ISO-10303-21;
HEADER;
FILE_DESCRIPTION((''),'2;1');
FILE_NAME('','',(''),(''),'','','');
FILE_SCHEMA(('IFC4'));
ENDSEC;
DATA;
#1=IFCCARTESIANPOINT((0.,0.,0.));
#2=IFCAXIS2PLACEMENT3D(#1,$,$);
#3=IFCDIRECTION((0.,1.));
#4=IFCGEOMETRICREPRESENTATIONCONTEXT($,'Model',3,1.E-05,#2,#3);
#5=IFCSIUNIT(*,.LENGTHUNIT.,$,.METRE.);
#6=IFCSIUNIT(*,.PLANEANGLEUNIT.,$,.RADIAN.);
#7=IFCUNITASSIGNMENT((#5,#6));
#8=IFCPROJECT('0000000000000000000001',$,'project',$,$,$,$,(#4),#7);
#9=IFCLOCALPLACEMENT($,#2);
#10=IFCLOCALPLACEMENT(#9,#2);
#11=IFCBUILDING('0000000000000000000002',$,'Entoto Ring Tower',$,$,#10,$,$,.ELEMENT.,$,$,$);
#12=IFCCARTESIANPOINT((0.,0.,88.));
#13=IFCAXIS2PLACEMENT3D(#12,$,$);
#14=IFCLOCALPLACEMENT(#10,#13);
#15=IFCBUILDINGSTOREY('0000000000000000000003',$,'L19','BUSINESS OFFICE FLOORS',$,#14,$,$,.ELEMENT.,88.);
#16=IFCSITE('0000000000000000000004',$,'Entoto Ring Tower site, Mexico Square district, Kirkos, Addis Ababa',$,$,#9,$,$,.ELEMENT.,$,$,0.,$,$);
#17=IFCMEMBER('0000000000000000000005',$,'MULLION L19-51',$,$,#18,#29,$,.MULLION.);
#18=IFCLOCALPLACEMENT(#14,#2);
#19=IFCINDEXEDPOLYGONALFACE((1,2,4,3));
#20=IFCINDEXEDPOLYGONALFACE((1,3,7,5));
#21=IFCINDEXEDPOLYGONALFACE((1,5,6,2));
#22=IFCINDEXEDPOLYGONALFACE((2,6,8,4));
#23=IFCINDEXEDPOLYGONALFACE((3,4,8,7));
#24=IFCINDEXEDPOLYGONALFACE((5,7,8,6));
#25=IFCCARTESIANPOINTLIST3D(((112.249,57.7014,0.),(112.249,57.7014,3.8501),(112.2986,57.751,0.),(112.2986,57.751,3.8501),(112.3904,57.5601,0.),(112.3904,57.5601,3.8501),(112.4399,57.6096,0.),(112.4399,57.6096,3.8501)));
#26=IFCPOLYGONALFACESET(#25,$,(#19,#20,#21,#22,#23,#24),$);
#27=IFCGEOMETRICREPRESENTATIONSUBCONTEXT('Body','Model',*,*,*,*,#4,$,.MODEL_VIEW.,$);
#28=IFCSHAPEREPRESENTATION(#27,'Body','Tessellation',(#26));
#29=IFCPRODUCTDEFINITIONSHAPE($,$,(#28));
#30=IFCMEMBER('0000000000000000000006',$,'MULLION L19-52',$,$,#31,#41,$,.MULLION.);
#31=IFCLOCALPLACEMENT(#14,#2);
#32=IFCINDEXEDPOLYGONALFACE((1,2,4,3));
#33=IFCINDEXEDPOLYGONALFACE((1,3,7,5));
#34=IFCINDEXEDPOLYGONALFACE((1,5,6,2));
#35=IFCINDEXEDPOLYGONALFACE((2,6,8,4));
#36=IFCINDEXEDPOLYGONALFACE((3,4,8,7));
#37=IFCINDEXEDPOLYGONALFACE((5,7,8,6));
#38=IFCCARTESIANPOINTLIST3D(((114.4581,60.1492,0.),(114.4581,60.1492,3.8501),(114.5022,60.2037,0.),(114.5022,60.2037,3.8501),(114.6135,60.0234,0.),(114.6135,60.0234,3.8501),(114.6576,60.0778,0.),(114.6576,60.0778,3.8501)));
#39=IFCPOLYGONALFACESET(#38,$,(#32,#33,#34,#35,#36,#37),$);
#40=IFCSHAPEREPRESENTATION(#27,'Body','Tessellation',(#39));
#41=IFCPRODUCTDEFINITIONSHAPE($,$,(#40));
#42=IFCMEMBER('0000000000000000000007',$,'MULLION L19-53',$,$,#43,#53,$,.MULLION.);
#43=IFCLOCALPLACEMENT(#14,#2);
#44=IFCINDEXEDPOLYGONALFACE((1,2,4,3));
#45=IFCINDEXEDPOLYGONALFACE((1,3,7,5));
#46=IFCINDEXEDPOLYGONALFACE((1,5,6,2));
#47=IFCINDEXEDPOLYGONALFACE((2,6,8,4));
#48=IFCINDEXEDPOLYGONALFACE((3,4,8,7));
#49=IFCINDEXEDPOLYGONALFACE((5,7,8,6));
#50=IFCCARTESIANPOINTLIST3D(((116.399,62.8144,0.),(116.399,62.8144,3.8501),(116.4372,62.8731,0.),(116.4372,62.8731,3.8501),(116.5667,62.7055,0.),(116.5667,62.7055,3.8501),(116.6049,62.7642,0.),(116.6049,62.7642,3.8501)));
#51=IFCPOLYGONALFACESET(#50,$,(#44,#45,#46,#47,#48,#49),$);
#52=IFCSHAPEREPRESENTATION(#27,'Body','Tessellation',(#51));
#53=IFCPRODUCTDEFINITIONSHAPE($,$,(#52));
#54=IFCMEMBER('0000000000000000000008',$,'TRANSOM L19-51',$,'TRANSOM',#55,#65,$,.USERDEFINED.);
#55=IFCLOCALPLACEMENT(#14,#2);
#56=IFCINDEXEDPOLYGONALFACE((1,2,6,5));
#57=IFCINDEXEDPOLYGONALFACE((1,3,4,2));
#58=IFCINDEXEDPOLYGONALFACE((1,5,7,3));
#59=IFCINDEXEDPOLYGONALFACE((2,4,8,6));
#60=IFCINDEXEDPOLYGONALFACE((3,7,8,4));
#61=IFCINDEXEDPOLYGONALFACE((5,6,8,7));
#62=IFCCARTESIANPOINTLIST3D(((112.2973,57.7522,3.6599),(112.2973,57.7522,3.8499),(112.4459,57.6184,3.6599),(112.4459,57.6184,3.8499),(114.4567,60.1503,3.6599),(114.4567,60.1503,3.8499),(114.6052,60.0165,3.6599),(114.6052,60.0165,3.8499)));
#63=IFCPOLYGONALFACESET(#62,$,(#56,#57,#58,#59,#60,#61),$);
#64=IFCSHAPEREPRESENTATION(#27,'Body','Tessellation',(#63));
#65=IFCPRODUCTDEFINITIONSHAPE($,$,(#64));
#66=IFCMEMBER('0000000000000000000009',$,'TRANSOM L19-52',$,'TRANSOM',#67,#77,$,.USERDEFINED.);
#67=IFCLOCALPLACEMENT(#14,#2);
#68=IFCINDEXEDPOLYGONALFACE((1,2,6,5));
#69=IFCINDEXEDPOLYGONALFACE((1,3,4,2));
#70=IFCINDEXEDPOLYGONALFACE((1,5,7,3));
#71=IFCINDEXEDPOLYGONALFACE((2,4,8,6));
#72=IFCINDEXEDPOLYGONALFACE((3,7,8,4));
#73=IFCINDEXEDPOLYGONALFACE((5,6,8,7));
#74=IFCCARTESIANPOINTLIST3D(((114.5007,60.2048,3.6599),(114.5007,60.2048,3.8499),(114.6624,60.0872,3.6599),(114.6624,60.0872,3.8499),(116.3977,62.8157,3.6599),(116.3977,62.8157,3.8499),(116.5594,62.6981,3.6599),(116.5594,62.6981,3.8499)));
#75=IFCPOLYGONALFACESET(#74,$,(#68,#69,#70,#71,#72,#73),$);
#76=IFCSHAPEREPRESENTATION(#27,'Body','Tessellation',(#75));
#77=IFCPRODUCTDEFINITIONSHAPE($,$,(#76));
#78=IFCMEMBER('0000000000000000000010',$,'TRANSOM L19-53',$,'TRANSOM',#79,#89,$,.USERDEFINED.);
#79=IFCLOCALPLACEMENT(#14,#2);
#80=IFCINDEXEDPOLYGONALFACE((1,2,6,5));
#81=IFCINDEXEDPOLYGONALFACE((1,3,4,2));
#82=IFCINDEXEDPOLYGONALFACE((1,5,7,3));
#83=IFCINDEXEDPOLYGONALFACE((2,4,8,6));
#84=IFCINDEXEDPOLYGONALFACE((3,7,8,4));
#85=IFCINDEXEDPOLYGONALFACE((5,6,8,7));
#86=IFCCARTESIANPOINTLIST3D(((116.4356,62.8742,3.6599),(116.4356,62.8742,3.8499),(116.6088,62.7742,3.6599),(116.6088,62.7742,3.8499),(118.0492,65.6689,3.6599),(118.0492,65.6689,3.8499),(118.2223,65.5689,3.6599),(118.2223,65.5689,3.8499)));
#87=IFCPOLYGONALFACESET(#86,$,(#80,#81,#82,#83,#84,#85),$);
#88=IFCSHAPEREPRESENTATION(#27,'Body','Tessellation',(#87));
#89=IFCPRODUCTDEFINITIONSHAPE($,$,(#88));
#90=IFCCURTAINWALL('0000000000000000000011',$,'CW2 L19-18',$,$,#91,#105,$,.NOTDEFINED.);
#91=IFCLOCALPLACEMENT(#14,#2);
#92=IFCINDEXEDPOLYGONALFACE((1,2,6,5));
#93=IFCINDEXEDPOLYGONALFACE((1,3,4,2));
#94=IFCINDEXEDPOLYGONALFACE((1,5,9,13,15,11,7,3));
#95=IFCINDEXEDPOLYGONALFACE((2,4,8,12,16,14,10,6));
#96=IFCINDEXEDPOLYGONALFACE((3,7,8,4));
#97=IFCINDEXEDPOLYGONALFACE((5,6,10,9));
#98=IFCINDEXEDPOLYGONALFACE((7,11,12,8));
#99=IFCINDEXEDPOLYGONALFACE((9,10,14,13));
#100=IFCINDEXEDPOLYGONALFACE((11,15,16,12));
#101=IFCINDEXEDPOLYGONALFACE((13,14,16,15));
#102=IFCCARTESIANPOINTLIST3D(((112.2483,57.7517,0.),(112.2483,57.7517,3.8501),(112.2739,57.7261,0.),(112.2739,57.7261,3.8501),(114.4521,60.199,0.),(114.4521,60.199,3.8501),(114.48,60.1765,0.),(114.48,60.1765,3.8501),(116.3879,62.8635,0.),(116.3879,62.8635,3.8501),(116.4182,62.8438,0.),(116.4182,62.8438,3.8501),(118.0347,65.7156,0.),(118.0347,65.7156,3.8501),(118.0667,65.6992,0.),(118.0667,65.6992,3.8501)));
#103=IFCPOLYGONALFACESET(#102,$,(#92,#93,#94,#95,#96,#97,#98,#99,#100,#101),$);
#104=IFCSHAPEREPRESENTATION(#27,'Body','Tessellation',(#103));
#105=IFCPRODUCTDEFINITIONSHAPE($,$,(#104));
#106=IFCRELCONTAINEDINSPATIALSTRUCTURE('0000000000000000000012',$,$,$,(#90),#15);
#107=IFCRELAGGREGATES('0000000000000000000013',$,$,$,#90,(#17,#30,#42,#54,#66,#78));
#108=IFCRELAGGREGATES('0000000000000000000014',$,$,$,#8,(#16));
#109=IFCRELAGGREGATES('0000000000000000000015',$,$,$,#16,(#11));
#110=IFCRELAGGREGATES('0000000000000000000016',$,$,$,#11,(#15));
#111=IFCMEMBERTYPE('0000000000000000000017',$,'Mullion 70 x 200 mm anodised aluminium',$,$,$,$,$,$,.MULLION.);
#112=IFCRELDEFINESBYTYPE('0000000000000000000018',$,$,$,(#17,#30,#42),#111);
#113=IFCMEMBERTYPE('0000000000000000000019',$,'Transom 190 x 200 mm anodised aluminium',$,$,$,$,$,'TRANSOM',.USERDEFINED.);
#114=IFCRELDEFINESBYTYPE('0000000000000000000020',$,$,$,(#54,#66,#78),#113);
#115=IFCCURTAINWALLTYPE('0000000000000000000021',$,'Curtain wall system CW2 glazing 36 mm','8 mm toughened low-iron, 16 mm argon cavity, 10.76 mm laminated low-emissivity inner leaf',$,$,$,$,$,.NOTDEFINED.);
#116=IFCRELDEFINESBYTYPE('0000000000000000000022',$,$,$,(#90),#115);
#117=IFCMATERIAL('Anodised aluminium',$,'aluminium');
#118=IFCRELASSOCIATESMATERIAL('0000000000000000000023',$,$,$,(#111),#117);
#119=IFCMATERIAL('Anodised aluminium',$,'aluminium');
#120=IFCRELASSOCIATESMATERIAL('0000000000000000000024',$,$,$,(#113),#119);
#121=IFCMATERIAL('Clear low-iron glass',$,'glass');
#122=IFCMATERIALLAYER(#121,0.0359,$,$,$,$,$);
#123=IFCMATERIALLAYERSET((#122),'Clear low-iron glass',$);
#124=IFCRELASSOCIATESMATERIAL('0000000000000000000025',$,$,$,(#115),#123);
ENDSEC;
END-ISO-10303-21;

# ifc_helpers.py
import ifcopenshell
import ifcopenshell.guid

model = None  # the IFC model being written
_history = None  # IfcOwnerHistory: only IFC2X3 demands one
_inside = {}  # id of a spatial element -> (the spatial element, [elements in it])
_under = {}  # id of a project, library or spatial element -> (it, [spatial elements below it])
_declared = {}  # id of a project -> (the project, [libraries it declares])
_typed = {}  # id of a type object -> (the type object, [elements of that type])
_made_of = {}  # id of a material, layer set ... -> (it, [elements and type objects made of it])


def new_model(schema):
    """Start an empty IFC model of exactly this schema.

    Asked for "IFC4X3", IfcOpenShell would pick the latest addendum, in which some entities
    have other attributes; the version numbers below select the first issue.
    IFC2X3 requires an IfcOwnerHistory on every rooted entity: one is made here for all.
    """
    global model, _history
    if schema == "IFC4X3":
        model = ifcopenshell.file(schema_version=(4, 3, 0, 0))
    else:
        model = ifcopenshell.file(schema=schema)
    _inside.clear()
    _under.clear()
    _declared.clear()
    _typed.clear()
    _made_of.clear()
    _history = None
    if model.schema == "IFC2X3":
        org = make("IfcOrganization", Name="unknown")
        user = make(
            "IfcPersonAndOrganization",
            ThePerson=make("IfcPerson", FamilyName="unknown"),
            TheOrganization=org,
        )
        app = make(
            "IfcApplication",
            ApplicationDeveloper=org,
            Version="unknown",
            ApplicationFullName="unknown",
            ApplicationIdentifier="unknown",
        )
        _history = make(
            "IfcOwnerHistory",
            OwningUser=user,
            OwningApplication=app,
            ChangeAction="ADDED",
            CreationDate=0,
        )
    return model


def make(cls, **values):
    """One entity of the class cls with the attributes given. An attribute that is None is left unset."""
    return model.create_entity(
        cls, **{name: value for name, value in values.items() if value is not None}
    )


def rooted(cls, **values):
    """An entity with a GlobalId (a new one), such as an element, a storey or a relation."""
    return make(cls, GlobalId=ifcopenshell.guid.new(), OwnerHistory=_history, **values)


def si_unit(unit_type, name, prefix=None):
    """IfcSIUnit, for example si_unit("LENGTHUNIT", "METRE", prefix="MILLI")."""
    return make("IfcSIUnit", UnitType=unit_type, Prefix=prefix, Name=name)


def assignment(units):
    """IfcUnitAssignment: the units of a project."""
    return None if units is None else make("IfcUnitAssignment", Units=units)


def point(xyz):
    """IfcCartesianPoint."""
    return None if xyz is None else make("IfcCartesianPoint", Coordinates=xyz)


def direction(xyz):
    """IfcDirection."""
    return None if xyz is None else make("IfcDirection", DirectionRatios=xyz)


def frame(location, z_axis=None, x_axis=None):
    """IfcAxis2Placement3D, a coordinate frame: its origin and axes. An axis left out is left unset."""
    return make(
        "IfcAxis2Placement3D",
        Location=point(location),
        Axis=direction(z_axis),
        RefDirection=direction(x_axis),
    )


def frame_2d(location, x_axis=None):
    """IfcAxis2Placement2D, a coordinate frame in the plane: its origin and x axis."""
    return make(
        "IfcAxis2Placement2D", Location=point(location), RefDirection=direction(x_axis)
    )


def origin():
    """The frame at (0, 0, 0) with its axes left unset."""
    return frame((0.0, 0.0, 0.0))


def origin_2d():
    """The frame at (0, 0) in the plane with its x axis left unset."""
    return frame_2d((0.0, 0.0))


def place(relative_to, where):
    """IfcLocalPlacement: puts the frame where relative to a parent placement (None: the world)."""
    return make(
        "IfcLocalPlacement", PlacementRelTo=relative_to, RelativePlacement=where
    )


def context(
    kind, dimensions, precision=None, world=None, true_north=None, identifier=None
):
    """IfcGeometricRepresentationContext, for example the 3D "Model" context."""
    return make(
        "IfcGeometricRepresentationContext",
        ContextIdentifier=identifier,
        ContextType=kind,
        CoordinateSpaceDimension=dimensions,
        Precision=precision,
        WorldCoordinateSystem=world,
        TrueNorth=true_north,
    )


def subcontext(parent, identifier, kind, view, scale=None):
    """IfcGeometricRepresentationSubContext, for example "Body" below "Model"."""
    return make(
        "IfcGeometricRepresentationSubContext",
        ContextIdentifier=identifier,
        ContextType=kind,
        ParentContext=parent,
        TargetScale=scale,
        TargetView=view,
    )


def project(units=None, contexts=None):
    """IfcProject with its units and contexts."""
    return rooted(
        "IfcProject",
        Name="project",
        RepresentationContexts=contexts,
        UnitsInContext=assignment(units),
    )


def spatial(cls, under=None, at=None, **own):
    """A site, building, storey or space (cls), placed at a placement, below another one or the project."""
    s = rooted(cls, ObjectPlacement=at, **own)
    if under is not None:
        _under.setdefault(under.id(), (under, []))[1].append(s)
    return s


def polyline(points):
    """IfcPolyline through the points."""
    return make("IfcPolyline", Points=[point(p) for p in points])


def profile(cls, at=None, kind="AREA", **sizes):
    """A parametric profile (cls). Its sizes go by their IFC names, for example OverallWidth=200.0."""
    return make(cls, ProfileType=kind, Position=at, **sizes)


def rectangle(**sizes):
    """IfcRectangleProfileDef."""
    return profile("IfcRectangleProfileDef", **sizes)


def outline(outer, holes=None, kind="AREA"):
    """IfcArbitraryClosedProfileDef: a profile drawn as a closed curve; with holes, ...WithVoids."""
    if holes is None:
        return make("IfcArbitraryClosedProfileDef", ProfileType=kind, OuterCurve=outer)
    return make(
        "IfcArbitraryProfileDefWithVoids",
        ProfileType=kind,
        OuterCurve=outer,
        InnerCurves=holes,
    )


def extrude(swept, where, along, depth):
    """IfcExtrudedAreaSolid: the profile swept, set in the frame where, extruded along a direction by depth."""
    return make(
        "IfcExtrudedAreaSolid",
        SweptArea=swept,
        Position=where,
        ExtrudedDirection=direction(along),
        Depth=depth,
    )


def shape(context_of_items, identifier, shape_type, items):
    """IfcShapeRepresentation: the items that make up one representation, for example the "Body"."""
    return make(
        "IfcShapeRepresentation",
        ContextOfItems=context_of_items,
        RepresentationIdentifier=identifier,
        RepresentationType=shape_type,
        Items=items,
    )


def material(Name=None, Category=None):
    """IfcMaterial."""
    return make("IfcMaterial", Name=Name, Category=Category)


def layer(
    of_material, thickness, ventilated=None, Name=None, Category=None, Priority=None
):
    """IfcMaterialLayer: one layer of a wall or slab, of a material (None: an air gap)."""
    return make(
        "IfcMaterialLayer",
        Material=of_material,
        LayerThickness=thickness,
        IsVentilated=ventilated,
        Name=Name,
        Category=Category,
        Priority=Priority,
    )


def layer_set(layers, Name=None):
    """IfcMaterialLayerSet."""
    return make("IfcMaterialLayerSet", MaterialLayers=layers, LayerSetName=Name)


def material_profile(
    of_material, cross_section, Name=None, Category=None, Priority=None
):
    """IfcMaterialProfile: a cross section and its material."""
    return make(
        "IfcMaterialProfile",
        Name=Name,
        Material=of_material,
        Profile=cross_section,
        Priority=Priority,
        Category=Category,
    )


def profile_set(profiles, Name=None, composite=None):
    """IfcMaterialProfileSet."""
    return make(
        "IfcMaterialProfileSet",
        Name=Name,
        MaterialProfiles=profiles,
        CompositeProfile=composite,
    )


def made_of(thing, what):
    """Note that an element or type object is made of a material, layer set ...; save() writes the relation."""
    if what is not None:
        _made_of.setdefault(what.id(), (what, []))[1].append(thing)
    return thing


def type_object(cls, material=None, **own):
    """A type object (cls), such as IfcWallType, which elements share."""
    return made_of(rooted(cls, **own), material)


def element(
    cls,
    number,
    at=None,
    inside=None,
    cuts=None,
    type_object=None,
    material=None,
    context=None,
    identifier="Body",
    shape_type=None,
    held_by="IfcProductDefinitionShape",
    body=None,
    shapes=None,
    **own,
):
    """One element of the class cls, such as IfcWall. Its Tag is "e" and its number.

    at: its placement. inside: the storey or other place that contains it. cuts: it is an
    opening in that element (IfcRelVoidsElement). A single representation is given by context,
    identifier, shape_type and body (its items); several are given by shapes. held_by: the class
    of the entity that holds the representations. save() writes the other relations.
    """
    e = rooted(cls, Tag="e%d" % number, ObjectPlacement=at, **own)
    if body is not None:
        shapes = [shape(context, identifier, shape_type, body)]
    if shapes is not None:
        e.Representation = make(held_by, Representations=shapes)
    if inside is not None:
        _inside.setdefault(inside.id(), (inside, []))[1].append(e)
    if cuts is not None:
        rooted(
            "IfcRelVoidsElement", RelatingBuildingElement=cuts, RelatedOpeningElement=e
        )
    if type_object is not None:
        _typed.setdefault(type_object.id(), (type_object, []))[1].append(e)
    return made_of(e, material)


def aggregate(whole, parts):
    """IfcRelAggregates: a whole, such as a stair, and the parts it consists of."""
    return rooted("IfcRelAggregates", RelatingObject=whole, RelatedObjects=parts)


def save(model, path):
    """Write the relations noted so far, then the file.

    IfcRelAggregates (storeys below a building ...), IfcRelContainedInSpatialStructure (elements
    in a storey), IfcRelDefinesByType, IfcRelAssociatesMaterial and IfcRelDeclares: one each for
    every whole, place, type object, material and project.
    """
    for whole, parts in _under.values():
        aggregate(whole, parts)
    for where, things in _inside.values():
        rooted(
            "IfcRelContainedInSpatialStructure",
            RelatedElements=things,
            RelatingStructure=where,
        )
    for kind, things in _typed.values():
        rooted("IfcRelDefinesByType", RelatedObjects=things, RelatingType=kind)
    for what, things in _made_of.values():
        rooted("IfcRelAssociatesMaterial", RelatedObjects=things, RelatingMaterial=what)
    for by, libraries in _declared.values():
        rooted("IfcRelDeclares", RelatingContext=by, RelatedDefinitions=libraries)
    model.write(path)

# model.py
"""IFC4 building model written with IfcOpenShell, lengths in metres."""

from ifc_helpers import new_model, si_unit, direction, frame, origin, origin_2d, place, context, subcontext, project, spatial, polyline, rectangle, outline, extrude, material, layer, layer_set, material_profile, profile_set, type_object, element, aggregate, save


model = new_model("IFC4")

# Units and contexts
model_context = context("Model", 3, precision=1e-05, world=origin(), true_north=direction((0.0, 1.0)))
body_context = subcontext(model_context, "Body", "Model", "MODEL_VIEW")
ifc_project = project(units=[si_unit("LENGTHUNIT", "METRE"), si_unit("PLANEANGLEUNIT", "RADIAN")], contexts=[model_context])

# Members
ifc_material_1 = material(Name="Anodised aluminium", Category="aluminium")
ifc_material_profile_1 = material_profile(ifc_material_1, rectangle(XDim=0.0701, YDim=0.2, at=origin_2d()), Name="Mullion 70 x 200 mm anodised aluminium")
ifc_profile_set_1 = profile_set([ifc_material_profile_1], Name="Anodised aluminium")
member_type_1 = type_object("IfcMemberType", Name="Mullion 70 x 200 mm anodised aluminium", PredefinedType="MULLION", material=ifc_profile_set_1)
site_placement = place(None, origin())
building_placement = place(site_placement, origin())
storey_placement = place(building_placement, frame((0.0, 0.0, 88.0)))
member_1_placement = place(storey_placement, frame((112.3445, 57.6555, 0.0), z_axis=(0.0, 0.0, 1.0), x_axis=(0.707107, 0.707107, 0.0)))
member_1 = element("IfcMember", 1, at=member_1_placement, type_object=member_type_1, Name="MULLION L19-51", PredefinedType="MULLION", context=body_context, shape_type="SweptSolid", body=[
    extrude(rectangle(XDim=0.0701, YDim=0.2, at=origin_2d()), origin(), (0.0, 0.0, 1.0), 3.8501),
])
member_2_placement = place(storey_placement, frame((114.5579, 60.1135, 0.0), z_axis=(0.0, 0.0, 1.0), x_axis=(0.62932, 0.777146, 0.0)))
member_2 = element("IfcMember", 2, at=member_2_placement, type_object=member_type_1, Name="MULLION L19-52", PredefinedType="MULLION", context=body_context, shape_type="SweptSolid", body=[
    extrude(rectangle(XDim=0.0701, YDim=0.2, at=origin_2d()), origin(), (0.0, 0.0, 1.0), 3.8501),
])
member_3_placement = place(storey_placement, frame((116.502, 62.7893, 0.0), z_axis=(0.0, 0.0, 1.0), x_axis=(0.544639, 0.838671, 0.0)))
member_3 = element("IfcMember", 3, at=member_3_placement, type_object=member_type_1, Name="MULLION L19-53", PredefinedType="MULLION", context=body_context, shape_type="SweptSolid", body=[
    extrude(rectangle(XDim=0.0701, YDim=0.2, at=origin_2d()), origin(), (0.0, 0.0, 1.0), 3.8501),
])
ifc_material_2 = material(Name="Anodised aluminium", Category="aluminium")
ifc_material_profile_2 = material_profile(ifc_material_2, rectangle(XDim=0.2, YDim=0.1899, at=origin_2d()), Name="Transom 190 x 200 mm anodised aluminium")
ifc_profile_set_2 = profile_set([ifc_material_profile_2], Name="Anodised aluminium")
member_type_2 = type_object("IfcMemberType", Name="Transom 190 x 200 mm anodised aluminium", ElementType="TRANSOM", PredefinedType="USERDEFINED", material=ifc_profile_set_2)
member_4_placement = place(storey_placement, frame((112.3716, 57.6853, 3.7549), z_axis=(0.669144, 0.743132, 0.0), x_axis=(-0.743132, 0.669144, 0.0)))
member_4 = element("IfcMember", 4, at=member_4_placement, type_object=member_type_2, Name="TRANSOM L19-51", ObjectType="TRANSOM", PredefinedType="USERDEFINED", context=body_context, shape_type="SweptSolid", body=[
    extrude(rectangle(XDim=0.2, YDim=0.1899, at=origin_2d()), origin(), (0.0, 0.0, 1.0), 3.2271),
])
member_5_placement = place(storey_placement, frame((114.5815, 60.146, 3.7549), z_axis=(0.587803, 0.809004, 0.0), x_axis=(-0.809004, 0.587803, 0.0)))
member_5 = element("IfcMember", 5, at=member_5_placement, type_object=member_type_2, Name="TRANSOM L19-52", ObjectType="TRANSOM", PredefinedType="USERDEFINED", context=body_context, shape_type="SweptSolid", body=[
    extrude(rectangle(XDim=0.2, YDim=0.1899, at=origin_2d()), origin(), (0.0, 0.0, 1.0), 3.2273),
])
member_6_placement = place(storey_placement, frame((116.5222, 62.8242, 3.7549), z_axis=(0.500004, 0.866023, 0.0), x_axis=(-0.866023, 0.500004, 0.0)))
member_6 = element("IfcMember", 6, at=member_6_placement, type_object=member_type_2, Name="TRANSOM L19-53", ObjectType="TRANSOM", PredefinedType="USERDEFINED", context=body_context, shape_type="SweptSolid", body=[
    extrude(rectangle(XDim=0.2, YDim=0.1899, at=origin_2d()), origin(), (0.0, 0.0, 1.0), 3.2271),
])

# Site, building, storey
site = spatial("IfcSite", under=ifc_project, at=site_placement, Name="Entoto Ring Tower site, Mexico Square district, Kirkos, Addis Ababa", CompositionType="ELEMENT", RefElevation=0.0)
building = spatial("IfcBuilding", under=site, at=building_placement, Name="Entoto Ring Tower", CompositionType="ELEMENT")
storey = spatial("IfcBuildingStorey", under=building, at=storey_placement, Name="L19", Description="BUSINESS OFFICE FLOORS", CompositionType="ELEMENT", Elevation=88.0)

# Curtain wall
ifc_material_3 = material(Name="Clear low-iron glass", Category="glass")
ifc_layer_1 = layer(ifc_material_3, 0.0359)
ifc_layer_set_1 = layer_set([ifc_layer_1], Name="Clear low-iron glass")
curtain_wall_type = type_object("IfcCurtainWallType", Name="Curtain wall system CW2 glazing 36 mm", Description="8 mm toughened low-iron, 16 mm argon cavity, 10.76 mm laminated low-emissivity inner leaf", PredefinedType="NOTDEFINED", material=ifc_layer_set_1)
curtain_wall_1_placement = place(storey_placement, origin())
curtain_wall_1 = element("IfcCurtainWall", 7, at=curtain_wall_1_placement, inside=storey, type_object=curtain_wall_type, Name="CW2 L19-18", PredefinedType="NOTDEFINED", context=body_context, shape_type="SweptSolid", body=[
    extrude(outline(polyline([(112.2739, 57.7261), (114.48, 60.1765), (116.4182, 62.8438), (118.0667, 65.6992), (118.0347, 65.7156), (116.3879, 62.8635), (114.4521, 60.199), (112.2483, 57.7517), (112.2739, 57.7261)])), origin(), (0.0, 0.0, 1.0), 3.8501),
])
aggregate(curtain_wall_1, [member_1, member_2, member_3, member_4, member_5, member_6])

save(model, "model.ifc")
